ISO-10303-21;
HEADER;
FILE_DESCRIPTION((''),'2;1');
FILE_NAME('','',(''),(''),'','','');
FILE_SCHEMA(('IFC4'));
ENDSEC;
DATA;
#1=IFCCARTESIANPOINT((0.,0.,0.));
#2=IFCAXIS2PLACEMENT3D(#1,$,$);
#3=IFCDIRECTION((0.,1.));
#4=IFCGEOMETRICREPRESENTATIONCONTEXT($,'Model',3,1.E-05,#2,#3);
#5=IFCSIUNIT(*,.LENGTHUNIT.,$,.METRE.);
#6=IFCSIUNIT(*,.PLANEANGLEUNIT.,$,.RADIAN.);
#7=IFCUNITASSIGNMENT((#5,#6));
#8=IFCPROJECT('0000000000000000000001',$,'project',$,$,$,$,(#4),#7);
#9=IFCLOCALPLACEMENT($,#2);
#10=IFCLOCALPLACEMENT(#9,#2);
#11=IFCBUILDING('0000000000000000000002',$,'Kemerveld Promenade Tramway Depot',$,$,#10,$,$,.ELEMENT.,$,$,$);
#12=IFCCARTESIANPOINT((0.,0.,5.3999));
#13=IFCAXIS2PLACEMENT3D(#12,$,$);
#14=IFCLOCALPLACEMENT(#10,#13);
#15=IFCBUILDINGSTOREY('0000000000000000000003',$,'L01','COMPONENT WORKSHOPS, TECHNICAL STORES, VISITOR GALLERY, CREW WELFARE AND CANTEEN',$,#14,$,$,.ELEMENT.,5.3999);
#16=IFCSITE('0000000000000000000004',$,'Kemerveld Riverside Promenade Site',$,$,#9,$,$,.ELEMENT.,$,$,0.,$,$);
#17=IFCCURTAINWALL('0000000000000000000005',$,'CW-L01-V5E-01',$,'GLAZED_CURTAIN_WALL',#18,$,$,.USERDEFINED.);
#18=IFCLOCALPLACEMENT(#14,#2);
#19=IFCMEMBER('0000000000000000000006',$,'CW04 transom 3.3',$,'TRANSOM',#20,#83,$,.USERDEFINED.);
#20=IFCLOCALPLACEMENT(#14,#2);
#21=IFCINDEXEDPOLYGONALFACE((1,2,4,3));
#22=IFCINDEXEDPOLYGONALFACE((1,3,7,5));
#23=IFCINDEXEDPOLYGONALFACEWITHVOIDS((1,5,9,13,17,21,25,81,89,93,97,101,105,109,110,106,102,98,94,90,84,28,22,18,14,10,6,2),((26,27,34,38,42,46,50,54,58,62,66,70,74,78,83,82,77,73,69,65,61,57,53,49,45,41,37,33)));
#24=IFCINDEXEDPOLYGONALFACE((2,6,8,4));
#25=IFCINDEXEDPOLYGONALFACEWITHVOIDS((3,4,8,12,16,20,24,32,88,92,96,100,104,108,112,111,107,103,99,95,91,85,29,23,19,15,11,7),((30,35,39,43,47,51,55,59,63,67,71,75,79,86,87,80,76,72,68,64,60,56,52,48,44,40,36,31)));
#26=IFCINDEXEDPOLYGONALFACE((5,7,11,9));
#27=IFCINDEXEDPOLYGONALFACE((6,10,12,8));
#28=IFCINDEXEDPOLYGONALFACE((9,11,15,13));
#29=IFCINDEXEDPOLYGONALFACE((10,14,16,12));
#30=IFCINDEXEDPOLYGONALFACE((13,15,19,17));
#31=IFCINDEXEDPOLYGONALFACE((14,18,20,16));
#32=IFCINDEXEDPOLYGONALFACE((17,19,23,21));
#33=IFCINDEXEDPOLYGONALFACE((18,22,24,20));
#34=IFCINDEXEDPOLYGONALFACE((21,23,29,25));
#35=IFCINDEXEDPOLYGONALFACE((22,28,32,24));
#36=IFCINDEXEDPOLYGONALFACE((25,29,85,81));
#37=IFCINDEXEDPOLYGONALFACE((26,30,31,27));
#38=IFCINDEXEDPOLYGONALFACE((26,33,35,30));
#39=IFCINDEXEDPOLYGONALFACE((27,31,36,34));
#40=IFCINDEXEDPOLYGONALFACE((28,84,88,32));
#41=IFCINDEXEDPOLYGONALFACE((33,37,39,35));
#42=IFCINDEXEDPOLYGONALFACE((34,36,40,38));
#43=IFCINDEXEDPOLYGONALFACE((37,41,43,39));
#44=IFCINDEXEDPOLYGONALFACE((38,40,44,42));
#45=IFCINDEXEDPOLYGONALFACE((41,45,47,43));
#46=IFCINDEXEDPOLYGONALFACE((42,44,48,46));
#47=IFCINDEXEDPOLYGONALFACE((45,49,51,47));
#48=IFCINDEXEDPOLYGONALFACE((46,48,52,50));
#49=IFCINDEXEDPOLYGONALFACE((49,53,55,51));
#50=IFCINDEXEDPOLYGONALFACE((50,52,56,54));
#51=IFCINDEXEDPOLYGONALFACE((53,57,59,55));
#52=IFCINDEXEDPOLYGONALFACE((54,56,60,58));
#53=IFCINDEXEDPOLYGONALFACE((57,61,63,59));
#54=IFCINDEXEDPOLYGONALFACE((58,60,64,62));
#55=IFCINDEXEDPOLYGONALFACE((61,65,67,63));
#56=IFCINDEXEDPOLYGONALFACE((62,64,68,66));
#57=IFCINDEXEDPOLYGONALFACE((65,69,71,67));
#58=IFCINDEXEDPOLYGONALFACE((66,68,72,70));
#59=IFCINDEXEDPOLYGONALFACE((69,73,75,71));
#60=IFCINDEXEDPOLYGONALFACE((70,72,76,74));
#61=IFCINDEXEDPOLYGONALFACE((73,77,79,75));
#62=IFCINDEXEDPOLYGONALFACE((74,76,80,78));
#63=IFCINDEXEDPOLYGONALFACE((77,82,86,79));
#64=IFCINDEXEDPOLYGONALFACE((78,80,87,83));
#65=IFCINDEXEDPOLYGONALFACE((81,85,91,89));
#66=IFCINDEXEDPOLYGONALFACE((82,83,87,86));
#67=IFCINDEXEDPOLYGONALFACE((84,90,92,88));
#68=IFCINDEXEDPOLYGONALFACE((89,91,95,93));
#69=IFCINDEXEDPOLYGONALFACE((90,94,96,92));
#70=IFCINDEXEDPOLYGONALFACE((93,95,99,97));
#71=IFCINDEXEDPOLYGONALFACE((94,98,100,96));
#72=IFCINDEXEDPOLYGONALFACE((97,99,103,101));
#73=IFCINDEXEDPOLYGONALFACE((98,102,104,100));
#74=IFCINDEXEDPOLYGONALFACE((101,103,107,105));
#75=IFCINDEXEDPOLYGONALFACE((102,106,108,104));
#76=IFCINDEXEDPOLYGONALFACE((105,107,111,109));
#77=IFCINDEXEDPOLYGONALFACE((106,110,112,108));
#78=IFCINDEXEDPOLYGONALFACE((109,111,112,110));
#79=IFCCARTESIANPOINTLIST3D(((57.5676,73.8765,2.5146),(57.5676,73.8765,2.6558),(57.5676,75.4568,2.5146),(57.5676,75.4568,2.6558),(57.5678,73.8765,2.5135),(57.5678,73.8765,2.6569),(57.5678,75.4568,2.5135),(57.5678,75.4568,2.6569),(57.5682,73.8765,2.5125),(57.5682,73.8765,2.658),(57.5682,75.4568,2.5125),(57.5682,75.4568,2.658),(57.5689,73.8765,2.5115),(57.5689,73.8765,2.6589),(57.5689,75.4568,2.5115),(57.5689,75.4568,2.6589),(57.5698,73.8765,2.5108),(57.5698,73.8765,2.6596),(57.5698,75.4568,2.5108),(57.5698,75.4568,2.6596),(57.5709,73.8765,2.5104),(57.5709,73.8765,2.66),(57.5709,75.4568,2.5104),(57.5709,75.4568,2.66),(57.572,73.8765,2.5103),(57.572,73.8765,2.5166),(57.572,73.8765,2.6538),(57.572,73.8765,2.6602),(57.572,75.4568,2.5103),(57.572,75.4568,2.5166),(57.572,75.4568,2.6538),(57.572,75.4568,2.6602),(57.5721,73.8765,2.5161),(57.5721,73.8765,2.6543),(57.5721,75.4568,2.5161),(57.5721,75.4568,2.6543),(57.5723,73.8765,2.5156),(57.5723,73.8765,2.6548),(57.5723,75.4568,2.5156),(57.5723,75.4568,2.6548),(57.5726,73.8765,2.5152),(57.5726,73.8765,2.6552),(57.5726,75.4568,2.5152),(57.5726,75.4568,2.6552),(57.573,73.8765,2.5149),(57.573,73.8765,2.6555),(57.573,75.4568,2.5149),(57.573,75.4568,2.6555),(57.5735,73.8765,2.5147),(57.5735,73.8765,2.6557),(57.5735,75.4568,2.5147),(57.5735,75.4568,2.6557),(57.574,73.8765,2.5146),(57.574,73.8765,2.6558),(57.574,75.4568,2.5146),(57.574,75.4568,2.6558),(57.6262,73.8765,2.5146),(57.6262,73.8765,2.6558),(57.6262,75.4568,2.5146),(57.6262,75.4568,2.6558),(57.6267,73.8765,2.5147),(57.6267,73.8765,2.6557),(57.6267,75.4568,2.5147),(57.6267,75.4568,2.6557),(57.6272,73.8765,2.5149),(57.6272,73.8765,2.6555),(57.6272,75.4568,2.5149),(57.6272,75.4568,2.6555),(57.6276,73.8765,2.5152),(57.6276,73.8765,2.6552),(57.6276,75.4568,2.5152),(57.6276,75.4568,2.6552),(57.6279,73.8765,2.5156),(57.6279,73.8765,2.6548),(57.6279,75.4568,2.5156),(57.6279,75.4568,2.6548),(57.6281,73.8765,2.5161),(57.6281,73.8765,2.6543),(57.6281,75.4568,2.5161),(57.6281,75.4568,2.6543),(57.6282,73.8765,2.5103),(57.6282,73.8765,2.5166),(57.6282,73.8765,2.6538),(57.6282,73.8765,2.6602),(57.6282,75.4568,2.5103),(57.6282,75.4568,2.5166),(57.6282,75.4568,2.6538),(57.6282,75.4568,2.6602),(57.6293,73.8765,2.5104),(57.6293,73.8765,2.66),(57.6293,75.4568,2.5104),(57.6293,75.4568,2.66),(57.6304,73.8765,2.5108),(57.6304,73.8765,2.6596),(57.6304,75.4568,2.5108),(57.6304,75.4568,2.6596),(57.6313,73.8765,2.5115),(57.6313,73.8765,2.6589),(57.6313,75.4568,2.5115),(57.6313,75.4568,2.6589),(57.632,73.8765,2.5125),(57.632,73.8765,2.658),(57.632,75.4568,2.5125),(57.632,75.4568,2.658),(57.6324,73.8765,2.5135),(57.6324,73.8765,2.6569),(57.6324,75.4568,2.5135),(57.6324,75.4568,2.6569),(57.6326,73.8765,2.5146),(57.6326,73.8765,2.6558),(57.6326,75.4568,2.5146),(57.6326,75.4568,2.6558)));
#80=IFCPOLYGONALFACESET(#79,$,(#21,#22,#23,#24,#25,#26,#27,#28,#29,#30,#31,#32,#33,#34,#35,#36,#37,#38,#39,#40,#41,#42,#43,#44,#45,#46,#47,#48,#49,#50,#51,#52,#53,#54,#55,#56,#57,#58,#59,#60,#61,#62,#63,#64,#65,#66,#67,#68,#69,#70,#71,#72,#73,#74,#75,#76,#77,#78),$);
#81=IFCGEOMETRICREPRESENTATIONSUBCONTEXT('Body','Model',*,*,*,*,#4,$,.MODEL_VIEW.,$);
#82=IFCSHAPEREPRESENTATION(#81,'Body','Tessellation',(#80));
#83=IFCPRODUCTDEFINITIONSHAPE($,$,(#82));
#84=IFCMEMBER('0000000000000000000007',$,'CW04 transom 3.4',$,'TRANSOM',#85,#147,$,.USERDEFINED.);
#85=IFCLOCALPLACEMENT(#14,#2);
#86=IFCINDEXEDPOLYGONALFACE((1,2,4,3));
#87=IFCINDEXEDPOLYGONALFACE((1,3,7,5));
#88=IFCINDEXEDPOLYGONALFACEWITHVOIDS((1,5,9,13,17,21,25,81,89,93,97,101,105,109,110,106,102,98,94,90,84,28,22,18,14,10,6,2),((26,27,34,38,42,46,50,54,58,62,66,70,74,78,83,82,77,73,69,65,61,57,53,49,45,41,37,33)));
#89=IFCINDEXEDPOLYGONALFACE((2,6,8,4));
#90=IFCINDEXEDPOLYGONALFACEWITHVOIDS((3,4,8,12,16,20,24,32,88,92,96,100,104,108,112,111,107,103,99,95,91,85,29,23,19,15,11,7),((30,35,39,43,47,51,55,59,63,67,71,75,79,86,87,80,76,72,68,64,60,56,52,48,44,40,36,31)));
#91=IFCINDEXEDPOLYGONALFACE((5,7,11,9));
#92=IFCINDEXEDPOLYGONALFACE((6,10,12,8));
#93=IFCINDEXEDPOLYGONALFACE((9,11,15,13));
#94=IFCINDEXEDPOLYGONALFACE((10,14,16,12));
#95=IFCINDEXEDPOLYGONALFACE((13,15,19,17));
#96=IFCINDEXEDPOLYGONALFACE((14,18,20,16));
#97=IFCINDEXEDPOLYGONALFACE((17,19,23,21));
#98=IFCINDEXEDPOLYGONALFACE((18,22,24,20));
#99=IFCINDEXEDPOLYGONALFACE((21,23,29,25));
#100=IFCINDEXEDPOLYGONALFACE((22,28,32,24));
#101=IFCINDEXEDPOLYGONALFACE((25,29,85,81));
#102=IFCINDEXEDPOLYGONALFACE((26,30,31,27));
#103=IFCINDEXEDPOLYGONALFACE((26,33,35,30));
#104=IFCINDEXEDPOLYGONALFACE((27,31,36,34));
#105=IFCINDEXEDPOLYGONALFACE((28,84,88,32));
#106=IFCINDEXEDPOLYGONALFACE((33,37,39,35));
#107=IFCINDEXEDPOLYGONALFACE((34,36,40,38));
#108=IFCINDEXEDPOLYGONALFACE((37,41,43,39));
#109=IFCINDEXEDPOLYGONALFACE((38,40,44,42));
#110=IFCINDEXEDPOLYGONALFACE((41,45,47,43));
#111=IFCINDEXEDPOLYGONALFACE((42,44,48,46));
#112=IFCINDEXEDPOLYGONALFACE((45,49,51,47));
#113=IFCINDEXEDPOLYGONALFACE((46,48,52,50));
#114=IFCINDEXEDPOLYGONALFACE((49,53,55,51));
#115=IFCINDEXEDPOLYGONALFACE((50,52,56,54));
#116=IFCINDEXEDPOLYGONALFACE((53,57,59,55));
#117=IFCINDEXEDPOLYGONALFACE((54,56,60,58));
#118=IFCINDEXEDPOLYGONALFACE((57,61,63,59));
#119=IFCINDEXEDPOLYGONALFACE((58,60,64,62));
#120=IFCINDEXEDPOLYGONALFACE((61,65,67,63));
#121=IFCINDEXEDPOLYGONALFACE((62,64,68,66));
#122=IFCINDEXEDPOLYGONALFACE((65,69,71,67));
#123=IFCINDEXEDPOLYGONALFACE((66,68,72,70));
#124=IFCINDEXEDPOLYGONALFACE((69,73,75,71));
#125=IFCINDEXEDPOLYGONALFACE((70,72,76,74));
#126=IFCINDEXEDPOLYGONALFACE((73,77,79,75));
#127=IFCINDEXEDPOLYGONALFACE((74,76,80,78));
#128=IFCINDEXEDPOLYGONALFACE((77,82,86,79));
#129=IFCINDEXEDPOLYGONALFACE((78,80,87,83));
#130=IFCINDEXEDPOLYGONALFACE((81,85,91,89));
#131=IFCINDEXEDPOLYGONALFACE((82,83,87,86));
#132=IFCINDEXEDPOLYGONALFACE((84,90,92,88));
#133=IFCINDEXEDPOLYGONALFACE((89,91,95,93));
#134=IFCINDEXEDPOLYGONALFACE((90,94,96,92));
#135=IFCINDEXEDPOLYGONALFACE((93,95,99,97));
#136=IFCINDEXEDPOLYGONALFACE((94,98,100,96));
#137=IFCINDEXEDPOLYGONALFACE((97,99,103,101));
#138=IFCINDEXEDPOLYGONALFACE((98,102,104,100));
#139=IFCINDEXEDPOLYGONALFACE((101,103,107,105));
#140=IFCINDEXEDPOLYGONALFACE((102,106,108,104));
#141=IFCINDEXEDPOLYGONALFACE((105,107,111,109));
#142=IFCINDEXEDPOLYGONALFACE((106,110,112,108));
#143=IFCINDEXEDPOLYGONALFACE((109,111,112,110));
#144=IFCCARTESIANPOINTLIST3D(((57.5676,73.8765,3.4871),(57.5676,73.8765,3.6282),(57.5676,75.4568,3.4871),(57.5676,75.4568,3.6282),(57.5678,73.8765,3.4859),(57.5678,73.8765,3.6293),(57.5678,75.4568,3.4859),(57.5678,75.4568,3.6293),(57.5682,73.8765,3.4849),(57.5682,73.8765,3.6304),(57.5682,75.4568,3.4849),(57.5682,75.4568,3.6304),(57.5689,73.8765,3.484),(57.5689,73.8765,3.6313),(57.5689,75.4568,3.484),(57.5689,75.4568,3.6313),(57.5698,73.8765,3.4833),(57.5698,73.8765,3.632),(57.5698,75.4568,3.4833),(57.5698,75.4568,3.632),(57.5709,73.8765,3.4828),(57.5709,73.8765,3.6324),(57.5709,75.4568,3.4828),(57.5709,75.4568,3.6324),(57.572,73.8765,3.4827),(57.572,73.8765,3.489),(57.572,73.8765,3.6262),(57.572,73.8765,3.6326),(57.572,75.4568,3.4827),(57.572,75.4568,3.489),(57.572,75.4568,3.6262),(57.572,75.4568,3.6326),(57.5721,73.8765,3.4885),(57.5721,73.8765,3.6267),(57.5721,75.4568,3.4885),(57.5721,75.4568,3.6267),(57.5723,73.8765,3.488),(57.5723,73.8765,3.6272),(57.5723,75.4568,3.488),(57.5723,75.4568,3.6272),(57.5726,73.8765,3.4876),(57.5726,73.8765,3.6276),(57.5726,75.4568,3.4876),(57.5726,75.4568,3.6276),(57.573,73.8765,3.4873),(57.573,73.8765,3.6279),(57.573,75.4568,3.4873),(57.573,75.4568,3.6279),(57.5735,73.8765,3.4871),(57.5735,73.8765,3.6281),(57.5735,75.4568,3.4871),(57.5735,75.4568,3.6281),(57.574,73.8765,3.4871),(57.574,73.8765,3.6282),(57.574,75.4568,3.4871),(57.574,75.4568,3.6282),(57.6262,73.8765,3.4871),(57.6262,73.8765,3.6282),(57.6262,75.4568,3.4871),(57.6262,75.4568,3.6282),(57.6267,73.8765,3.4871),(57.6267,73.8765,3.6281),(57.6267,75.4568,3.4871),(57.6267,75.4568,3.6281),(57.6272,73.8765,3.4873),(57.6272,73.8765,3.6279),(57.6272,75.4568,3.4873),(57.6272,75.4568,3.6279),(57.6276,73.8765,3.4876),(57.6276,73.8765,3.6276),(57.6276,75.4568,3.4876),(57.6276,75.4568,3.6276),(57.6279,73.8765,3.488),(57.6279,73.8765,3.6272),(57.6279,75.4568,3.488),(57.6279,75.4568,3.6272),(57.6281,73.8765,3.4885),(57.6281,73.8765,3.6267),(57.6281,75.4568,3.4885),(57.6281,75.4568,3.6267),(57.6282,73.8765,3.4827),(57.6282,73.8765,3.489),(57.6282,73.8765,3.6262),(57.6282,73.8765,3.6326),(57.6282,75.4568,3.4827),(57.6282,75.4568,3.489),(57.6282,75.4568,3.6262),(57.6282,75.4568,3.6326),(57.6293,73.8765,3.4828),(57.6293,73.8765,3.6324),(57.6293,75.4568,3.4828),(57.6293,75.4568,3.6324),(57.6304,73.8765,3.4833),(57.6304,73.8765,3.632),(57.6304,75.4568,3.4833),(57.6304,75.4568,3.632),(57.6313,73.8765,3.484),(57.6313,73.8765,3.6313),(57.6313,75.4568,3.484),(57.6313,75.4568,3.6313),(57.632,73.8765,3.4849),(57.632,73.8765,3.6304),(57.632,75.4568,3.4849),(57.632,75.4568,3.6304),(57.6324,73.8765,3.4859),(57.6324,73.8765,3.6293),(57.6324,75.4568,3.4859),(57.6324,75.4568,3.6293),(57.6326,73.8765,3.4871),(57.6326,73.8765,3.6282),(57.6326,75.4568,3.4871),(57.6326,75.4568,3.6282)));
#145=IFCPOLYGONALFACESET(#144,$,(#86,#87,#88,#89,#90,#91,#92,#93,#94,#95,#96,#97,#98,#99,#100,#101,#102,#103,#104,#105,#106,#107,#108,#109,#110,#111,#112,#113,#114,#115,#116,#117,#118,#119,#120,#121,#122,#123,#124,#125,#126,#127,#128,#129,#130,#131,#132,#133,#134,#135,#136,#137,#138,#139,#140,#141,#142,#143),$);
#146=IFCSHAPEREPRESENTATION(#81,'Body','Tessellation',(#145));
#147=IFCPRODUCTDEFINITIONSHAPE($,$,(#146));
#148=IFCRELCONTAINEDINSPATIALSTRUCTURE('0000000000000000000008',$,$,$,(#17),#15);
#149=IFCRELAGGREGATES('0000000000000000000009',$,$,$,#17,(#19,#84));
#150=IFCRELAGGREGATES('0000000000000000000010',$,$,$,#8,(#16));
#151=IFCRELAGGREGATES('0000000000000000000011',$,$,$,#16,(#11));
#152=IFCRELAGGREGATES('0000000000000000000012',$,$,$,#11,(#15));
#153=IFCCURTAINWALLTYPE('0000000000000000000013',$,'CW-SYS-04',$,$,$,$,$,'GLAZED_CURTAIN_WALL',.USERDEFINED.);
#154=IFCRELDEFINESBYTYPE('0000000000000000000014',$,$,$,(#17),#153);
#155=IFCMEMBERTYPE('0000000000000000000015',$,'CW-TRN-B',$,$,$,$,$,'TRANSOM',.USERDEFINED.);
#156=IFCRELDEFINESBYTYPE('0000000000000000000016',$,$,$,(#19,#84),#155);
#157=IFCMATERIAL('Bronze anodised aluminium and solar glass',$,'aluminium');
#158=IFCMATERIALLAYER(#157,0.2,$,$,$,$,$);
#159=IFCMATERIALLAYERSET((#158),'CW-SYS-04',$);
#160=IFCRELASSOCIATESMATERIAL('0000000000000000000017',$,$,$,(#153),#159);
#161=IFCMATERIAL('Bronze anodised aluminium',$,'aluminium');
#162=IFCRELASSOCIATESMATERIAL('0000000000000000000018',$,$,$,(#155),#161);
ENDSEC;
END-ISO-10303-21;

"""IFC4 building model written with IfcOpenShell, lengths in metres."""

from ifc_helpers import new_model, si_unit, direction, frame, origin, origin_2d, place, context, subcontext, project, spatial, hollow_rectangle, extrude, material, layer, layer_set, material_profile, profile_set, type_object, element, aggregate, save


model = new_model("IFC4")

# Units and contexts
model_context = context("Model", 3, precision=1e-05, world=origin(), true_north=direction((0.0, 1.0)))
body_context = subcontext(model_context, "Body", "Model", "MODEL_VIEW")
ifc_project = project(units=[si_unit("LENGTHUNIT", "METRE"), si_unit("PLANEANGLEUNIT", "RADIAN")], contexts=[model_context])

# Site, building, storey
site_placement = place(None, origin())
site = spatial("IfcSite", under=ifc_project, at=site_placement, Name="Kemerveld Riverside Promenade Site", CompositionType="ELEMENT", RefElevation=0.0)
building_placement = place(site_placement, origin())
building = spatial("IfcBuilding", under=site, at=building_placement, Name="Kemerveld Promenade Tramway Depot", CompositionType="ELEMENT")
storey_placement = place(building_placement, frame((0.0, 0.0, 5.3999)))
storey = spatial("IfcBuildingStorey", under=building, at=storey_placement, Name="L01", Description="COMPONENT WORKSHOPS, TECHNICAL STORES, VISITOR GALLERY, CREW WELFARE AND CANTEEN", CompositionType="ELEMENT", Elevation=5.3999)

# Curtain wall, members
ifc_material_1 = material(Name="Bronze anodised aluminium and solar glass", Category="aluminium")
ifc_layer_1 = layer(ifc_material_1, 0.2)
ifc_layer_set_1 = layer_set([ifc_layer_1], Name="CW-SYS-04")
curtain_wall_type = type_object("IfcCurtainWallType", Name="CW-SYS-04", ElementType="GLAZED_CURTAIN_WALL", PredefinedType="USERDEFINED", material=ifc_layer_set_1)
curtain_wall_placement = place(storey_placement, origin())
curtain_wall = element("IfcCurtainWall", 1, at=curtain_wall_placement, inside=storey, type_object=curtain_wall_type, Name="CW-L01-V5E-01", ObjectType="GLAZED_CURTAIN_WALL", PredefinedType="USERDEFINED")
ifc_material_2 = material(Name="Bronze anodised aluminium", Category="aluminium")
ifc_material_profile_1 = material_profile(ifc_material_2, hollow_rectangle(XDim=0.0649, YDim=0.1499, WallThickness=0.0044, InnerFilletRadius=0.002, OuterFilletRadius=0.0044, at=origin_2d()), Name="CW-TRN-150x65")
ifc_profile_set_1 = profile_set([ifc_material_profile_1], Name="Bronze anodised aluminium")
member_type_1 = type_object("IfcMemberType", Name="CW-TRN-B", ElementType="TRANSOM", PredefinedType="USERDEFINED", material=ifc_profile_set_1)
member_1_placement = place(storey_placement, frame((57.6001, 75.4568, 2.5852), z_axis=(0.0, -1.0, 0.0), x_axis=(1.0, 0.0, 0.0)))
member_1 = element("IfcMember", 2, at=member_1_placement, type_object=member_type_1, Name="CW04 transom 3.3", ObjectType="TRANSOM", PredefinedType="USERDEFINED", context=body_context, shape_type="SweptSolid", body=[
    extrude(hollow_rectangle(XDim=0.0649, YDim=0.1499, WallThickness=0.0044, InnerFilletRadius=0.002, OuterFilletRadius=0.0044, at=origin_2d()), origin(), (0.0, 0.0, 1.0), 1.5803),
])
member_2_placement = place(storey_placement, frame((57.6001, 75.4568, 3.5576), z_axis=(0.0, -1.0, 0.0), x_axis=(1.0, 0.0, 0.0)))
member_2 = element("IfcMember", 3, at=member_2_placement, type_object=member_type_1, Name="CW04 transom 3.4", ObjectType="TRANSOM", PredefinedType="USERDEFINED", context=body_context, shape_type="SweptSolid", body=[
    extrude(hollow_rectangle(XDim=0.0649, YDim=0.1499, WallThickness=0.0044, InnerFilletRadius=0.002, OuterFilletRadius=0.0044, at=origin_2d()), origin(), (0.0, 0.0, 1.0), 1.5803),
])
aggregate(curtain_wall, [member_1, member_2])

save(model, "model.ifc")
